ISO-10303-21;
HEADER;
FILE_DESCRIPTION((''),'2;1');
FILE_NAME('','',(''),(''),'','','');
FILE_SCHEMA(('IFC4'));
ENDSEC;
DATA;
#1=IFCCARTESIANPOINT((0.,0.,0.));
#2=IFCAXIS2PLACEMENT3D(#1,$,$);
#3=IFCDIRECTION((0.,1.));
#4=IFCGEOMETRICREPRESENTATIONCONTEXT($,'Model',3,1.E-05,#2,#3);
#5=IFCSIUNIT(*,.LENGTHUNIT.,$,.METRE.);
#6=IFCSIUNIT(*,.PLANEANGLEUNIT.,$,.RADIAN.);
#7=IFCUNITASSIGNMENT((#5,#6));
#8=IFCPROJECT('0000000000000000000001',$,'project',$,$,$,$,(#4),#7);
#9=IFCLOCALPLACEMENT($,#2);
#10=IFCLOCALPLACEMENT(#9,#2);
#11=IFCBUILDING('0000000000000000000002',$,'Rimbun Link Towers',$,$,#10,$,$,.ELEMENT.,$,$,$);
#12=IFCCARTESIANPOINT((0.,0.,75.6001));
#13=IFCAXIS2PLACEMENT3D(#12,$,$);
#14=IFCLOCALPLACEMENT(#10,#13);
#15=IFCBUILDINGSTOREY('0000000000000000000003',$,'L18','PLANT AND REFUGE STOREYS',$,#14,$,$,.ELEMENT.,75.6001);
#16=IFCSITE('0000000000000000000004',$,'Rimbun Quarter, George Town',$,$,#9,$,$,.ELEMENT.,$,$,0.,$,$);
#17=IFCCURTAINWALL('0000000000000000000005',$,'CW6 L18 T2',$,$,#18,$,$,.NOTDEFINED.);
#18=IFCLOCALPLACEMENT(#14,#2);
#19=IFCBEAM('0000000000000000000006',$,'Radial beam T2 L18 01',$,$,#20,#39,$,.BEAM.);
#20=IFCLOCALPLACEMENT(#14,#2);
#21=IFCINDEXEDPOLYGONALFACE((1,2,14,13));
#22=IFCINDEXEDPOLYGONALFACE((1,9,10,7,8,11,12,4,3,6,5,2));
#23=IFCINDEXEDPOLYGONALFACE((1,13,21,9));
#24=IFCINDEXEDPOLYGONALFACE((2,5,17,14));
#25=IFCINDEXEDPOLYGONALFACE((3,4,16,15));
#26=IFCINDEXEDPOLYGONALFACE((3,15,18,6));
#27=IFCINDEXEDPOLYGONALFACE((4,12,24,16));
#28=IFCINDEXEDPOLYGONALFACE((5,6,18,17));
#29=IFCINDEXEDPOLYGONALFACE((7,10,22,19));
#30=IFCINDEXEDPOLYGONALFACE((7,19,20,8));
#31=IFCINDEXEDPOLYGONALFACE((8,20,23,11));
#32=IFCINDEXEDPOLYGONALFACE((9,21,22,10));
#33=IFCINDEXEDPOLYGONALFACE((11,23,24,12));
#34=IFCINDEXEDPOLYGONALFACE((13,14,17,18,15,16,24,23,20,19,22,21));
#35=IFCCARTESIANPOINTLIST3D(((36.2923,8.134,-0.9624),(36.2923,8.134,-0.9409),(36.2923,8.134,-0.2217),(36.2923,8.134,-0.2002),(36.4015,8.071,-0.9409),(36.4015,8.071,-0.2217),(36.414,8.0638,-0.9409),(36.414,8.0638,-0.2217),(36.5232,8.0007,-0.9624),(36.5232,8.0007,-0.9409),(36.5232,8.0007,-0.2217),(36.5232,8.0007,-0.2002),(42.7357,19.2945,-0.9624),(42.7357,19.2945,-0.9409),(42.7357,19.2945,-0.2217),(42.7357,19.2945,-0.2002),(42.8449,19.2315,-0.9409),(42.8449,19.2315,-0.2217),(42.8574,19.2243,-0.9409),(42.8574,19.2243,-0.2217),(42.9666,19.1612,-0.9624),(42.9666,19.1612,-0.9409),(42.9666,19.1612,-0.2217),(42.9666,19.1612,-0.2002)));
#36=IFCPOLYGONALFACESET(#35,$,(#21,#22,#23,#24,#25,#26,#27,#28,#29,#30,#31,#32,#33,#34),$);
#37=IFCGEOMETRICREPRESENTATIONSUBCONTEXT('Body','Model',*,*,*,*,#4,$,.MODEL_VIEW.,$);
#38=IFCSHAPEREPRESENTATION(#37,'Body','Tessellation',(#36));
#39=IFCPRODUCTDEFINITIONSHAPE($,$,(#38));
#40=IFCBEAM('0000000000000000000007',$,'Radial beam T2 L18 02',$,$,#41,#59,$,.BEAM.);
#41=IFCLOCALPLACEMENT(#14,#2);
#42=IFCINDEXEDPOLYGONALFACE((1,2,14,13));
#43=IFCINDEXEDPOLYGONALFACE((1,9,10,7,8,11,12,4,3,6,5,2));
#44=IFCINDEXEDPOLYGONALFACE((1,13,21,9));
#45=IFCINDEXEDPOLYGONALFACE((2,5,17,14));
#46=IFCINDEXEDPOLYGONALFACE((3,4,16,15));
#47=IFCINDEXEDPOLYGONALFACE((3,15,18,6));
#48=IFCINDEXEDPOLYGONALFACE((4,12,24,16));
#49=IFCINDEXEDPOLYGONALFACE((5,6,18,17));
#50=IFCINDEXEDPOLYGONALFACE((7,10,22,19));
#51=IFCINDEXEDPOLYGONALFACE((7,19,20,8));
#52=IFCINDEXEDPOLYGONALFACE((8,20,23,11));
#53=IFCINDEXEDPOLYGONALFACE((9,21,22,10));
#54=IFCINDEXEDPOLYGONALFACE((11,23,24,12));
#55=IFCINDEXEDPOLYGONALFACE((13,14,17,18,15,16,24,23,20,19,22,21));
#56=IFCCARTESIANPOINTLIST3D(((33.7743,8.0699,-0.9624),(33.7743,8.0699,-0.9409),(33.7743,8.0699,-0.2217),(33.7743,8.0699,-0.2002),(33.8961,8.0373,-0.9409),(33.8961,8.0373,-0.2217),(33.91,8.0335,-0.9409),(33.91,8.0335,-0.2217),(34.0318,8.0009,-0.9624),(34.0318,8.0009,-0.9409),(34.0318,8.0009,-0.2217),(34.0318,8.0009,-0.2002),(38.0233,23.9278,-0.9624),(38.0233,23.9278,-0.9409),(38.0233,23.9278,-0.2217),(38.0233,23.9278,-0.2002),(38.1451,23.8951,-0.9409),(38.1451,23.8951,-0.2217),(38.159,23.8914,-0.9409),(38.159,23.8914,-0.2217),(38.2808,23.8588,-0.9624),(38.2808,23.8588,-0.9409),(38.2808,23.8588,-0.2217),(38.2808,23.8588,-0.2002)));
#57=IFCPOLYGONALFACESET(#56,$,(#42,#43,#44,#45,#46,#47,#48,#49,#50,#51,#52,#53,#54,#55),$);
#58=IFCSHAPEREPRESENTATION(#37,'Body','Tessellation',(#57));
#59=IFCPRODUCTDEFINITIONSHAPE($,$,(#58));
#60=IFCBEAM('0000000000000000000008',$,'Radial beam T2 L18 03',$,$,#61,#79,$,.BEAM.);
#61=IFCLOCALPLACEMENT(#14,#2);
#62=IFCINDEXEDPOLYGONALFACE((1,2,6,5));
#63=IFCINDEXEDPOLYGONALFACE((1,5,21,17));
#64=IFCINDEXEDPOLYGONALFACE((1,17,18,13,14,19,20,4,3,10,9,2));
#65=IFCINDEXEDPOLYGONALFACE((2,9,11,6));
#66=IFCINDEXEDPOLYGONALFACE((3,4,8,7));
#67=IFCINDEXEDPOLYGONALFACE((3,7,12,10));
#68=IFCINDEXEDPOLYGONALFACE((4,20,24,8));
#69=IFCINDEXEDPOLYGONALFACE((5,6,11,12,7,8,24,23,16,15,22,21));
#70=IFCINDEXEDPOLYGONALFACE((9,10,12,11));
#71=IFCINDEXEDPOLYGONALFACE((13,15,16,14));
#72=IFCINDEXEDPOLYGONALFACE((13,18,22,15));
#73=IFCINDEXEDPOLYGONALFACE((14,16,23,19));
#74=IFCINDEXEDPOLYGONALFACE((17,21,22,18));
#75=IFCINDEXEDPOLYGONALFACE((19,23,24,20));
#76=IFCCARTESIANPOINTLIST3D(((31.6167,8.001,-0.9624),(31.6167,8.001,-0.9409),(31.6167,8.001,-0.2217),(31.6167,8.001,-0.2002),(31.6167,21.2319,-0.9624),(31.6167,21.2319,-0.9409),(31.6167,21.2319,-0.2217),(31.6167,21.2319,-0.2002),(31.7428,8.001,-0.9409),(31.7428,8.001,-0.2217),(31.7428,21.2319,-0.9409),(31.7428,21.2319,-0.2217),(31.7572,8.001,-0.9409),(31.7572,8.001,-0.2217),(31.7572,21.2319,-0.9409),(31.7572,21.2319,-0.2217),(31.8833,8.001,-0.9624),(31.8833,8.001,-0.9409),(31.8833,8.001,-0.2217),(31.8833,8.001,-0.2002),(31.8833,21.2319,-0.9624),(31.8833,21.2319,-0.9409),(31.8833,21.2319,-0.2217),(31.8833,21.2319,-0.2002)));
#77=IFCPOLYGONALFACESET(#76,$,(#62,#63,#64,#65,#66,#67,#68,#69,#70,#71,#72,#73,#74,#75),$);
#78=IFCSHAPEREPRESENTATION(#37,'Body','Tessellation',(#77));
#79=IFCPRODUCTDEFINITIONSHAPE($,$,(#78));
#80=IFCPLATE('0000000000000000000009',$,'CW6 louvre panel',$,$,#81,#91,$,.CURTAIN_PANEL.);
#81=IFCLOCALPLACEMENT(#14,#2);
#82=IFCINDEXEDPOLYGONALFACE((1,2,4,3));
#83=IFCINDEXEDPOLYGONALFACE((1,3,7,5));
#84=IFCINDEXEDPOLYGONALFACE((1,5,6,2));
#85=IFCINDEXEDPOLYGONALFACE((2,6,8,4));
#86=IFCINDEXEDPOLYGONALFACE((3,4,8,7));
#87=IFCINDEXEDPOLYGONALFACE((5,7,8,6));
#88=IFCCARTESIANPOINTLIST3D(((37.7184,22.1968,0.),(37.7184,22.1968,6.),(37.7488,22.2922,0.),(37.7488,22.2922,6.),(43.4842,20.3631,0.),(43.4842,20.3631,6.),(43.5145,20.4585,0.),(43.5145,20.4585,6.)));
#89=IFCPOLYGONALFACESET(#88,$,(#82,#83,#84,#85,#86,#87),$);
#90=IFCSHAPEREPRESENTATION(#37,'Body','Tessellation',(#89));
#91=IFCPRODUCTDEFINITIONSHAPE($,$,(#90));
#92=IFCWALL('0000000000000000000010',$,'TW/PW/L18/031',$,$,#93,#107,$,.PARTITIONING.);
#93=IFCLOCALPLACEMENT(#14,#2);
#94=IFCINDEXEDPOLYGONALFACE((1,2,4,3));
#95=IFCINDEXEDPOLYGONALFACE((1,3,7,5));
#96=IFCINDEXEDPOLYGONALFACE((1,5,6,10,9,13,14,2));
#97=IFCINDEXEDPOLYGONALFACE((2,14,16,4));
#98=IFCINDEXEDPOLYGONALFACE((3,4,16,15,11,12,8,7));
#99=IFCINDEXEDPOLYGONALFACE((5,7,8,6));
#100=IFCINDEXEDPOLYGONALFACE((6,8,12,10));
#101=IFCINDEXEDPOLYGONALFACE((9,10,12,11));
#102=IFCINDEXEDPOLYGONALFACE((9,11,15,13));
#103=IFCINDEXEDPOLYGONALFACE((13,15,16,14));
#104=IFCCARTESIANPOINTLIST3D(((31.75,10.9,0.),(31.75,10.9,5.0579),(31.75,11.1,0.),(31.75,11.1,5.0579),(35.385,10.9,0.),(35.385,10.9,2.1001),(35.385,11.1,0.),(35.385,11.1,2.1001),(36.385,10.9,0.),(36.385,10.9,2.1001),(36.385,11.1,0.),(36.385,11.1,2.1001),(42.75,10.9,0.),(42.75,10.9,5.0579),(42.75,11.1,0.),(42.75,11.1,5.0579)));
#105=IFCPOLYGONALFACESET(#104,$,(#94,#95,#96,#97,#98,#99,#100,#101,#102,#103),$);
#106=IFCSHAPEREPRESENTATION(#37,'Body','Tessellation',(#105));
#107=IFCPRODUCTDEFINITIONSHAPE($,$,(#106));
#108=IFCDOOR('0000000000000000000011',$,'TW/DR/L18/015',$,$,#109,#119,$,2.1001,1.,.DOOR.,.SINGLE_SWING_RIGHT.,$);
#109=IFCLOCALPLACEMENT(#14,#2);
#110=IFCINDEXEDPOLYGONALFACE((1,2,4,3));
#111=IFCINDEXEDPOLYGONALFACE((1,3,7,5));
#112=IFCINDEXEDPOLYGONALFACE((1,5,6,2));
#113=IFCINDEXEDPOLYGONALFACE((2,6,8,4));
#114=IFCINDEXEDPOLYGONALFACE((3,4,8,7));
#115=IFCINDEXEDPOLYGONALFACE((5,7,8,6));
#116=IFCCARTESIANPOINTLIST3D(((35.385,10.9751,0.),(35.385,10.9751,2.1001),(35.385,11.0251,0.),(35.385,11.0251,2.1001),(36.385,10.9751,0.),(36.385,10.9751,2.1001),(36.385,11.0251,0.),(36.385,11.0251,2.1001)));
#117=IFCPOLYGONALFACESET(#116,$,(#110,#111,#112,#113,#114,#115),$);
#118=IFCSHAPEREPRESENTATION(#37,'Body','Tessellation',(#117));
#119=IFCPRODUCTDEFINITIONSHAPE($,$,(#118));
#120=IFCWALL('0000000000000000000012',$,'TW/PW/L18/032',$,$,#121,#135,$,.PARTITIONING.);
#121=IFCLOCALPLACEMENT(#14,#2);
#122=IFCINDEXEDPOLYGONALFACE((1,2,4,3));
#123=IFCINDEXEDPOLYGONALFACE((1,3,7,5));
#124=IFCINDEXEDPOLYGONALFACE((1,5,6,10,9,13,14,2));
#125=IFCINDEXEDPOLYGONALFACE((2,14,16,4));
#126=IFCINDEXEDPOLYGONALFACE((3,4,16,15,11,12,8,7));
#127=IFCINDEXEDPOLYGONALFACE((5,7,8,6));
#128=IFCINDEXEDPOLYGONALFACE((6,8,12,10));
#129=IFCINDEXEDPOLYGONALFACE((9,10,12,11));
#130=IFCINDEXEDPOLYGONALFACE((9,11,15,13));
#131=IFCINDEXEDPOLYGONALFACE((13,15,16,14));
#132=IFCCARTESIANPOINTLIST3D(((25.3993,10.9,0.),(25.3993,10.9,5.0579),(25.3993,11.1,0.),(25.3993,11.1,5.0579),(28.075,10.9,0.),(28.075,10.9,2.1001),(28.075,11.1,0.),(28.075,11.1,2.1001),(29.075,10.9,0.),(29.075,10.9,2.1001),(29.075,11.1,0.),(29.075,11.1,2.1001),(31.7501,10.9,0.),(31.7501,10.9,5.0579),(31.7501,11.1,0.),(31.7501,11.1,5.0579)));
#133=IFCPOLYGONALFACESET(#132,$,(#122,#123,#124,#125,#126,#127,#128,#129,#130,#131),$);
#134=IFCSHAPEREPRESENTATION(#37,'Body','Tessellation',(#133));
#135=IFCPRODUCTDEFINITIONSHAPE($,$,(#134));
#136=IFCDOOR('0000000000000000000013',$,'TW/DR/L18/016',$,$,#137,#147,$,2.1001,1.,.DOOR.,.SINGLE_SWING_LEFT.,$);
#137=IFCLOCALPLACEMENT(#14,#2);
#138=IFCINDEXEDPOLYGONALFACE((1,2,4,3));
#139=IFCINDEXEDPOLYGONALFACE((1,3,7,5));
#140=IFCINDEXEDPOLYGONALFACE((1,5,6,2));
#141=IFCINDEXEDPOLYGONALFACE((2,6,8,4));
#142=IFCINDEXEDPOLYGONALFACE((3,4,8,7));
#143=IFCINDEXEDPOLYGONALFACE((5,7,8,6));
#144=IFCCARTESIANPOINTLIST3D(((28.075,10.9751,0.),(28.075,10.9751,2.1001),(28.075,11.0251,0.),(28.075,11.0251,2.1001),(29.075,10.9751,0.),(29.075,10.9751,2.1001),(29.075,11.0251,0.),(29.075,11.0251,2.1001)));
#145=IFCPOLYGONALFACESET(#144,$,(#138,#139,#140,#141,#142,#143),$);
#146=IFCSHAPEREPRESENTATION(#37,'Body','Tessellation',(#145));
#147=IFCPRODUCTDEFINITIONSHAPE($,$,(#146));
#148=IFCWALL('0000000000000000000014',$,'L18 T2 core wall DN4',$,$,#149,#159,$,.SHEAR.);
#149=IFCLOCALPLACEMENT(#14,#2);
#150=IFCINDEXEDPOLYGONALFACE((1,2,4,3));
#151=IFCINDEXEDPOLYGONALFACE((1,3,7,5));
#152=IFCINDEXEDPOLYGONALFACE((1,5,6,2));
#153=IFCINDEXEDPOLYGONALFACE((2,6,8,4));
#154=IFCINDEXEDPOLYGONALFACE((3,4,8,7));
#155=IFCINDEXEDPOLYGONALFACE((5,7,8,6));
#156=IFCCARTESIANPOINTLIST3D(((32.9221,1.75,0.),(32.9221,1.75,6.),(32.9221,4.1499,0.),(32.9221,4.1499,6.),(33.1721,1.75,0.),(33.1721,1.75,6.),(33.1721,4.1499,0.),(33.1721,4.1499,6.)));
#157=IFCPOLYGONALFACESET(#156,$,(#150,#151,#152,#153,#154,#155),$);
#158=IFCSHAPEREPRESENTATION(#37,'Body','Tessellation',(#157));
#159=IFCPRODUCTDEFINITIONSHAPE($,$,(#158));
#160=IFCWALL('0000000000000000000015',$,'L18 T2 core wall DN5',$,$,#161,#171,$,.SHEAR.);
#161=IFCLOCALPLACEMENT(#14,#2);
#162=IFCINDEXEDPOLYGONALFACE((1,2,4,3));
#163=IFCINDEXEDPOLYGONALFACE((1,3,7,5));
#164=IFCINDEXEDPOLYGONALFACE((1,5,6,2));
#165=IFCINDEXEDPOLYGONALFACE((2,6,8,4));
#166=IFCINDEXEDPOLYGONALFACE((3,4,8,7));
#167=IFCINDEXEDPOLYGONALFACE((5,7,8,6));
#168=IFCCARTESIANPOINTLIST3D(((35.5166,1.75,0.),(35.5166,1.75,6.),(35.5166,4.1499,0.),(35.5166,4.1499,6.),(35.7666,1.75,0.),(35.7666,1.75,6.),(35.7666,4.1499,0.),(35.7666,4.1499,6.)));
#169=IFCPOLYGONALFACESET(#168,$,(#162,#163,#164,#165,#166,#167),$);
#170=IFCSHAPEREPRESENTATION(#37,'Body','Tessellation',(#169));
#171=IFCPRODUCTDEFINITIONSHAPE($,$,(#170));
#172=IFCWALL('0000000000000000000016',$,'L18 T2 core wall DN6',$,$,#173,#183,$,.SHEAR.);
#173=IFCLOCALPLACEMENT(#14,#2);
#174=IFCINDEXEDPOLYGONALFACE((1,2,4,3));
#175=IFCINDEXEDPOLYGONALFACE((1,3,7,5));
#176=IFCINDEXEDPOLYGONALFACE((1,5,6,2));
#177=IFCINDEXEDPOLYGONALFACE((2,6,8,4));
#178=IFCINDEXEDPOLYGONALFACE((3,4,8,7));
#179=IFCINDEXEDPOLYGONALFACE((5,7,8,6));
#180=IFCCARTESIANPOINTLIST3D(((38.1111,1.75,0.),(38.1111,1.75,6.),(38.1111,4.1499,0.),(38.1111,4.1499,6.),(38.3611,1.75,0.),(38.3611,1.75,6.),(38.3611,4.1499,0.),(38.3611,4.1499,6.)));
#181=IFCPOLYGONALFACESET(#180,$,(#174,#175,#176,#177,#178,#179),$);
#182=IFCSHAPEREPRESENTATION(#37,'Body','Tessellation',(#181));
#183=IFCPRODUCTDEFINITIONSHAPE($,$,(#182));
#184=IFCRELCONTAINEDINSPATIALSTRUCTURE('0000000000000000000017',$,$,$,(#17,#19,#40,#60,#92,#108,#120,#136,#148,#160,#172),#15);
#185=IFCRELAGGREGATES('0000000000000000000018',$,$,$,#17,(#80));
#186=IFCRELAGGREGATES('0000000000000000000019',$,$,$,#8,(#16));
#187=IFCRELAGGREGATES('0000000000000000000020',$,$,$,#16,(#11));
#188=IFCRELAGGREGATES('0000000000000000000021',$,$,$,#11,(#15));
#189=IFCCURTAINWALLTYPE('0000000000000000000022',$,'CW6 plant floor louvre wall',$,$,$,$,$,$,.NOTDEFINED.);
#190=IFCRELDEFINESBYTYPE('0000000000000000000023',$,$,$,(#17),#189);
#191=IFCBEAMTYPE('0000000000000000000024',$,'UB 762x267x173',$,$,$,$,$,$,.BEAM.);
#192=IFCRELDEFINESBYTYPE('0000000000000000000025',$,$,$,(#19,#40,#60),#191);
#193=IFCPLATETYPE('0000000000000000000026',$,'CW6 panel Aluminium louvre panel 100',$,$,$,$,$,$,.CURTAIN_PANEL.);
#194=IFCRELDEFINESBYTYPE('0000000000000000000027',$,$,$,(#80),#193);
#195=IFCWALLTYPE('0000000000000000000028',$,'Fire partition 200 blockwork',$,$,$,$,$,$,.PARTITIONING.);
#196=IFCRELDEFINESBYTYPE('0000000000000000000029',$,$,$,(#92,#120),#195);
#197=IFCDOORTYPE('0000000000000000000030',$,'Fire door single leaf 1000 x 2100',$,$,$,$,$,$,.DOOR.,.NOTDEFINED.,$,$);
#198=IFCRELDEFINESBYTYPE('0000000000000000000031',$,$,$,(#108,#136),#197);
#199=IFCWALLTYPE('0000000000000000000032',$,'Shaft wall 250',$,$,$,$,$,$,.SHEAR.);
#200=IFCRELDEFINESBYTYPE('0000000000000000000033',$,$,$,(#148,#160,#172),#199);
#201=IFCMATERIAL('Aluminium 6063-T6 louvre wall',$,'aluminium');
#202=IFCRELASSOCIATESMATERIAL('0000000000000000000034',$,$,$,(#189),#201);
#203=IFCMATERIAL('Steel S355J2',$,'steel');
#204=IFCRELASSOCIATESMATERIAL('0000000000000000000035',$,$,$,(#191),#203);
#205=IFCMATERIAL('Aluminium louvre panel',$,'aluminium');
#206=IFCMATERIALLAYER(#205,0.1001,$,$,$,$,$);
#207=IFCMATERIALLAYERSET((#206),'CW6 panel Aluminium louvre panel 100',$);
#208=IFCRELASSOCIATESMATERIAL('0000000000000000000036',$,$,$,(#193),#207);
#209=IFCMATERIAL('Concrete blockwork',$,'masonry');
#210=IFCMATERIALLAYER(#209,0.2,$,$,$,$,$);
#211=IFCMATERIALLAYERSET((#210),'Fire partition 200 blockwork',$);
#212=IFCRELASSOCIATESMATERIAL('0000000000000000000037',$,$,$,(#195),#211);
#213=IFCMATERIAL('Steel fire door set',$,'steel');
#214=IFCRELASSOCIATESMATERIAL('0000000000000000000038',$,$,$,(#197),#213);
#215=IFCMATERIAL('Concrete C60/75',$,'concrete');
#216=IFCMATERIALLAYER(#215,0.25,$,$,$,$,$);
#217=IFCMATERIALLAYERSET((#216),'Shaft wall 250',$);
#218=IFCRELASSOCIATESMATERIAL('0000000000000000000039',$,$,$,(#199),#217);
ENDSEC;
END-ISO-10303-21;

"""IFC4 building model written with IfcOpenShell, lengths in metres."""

from ifc_helpers import new_model, si_unit, direction, frame, frame_2d, origin, origin_2d, place, context, subcontext, project, spatial, rectangle, i_section, extrude, material, layer, layer_set, material_profile, profile_set, type_object, element, fill, aggregate, save


model = new_model("IFC4")

# Units and contexts
model_context = context("Model", 3, precision=1e-05, world=origin(), true_north=direction((0.0, 1.0)))
body_context = subcontext(model_context, "Body", "Model", "MODEL_VIEW")
ifc_project = project(units=[si_unit("LENGTHUNIT", "METRE"), si_unit("PLANEANGLEUNIT", "RADIAN")], contexts=[model_context])

# Site, building, storey
site_placement = place(None, origin())
site = spatial("IfcSite", under=ifc_project, at=site_placement, Name="Rimbun Quarter, George Town", CompositionType="ELEMENT", RefElevation=0.0)
building_placement = place(site_placement, origin())
building = spatial("IfcBuilding", under=site, at=building_placement, Name="Rimbun Link Towers", CompositionType="ELEMENT")
storey_placement = place(building_placement, frame((0.0, 0.0, 75.6001)))
storey = spatial("IfcBuildingStorey", under=building, at=storey_placement, Name="L18", Description="PLANT AND REFUGE STOREYS", CompositionType="ELEMENT", Elevation=75.6001)

# Curtain wall
ifc_material_1 = material(Name="Aluminium 6063-T6 louvre wall", Category="aluminium")
curtain_wall_type = type_object("IfcCurtainWallType", Name="CW6 plant floor louvre wall", PredefinedType="NOTDEFINED", material=ifc_material_1)
curtain_wall_placement = place(storey_placement, origin())
curtain_wall = element("IfcCurtainWall", 1, at=curtain_wall_placement, inside=storey, type_object=curtain_wall_type, Name="CW6 L18 T2", PredefinedType="NOTDEFINED")

# Beams
ifc_material_2 = material(Name="Steel S355J2", Category="steel")
ifc_material_profile_1 = material_profile(ifc_material_2, i_section(OverallWidth=0.2666, OverallDepth=0.7622, WebThickness=0.0144, FlangeThickness=0.0215, at=origin_2d()), Name="UB 762x267x173")
ifc_profile_set_1 = profile_set([ifc_material_profile_1], Name="Steel S355J2")
beam_type_1 = type_object("IfcBeamType", Name="UB 762x267x173", PredefinedType="BEAM", material=ifc_profile_set_1)
beam_1_placement = place(storey_placement, frame((36.4077, 8.0674, -0.5813), z_axis=(0.499994, 0.866029, 0.0), x_axis=(-0.866029, 0.499994, 0.0)))
element("IfcBeam", 2, at=beam_1_placement, inside=storey, type_object=beam_type_1, Name="Radial beam T2 L18 01", PredefinedType="BEAM", context=body_context, shape_type="SweptSolid", body=[
    extrude(i_section(OverallWidth=0.2666, OverallDepth=0.7622, WebThickness=0.0144, FlangeThickness=0.0215, at=origin_2d()), origin(), (0.0, 0.0, 1.0), 12.887),
])
beam_2_placement = place(storey_placement, frame((33.9031, 8.0354, -0.5813), z_axis=(0.258814, 0.965927, 0.0), x_axis=(-0.965927, 0.258814, 0.0)))
element("IfcBeam", 3, at=beam_2_placement, inside=storey, type_object=beam_type_1, Name="Radial beam T2 L18 02", PredefinedType="BEAM", context=body_context, shape_type="SweptSolid", body=[
    extrude(i_section(OverallWidth=0.2666, OverallDepth=0.7622, WebThickness=0.0144, FlangeThickness=0.0215, at=origin_2d()), origin(), (0.0, 0.0, 1.0), 16.4172),
])
beam_3_placement = place(storey_placement, frame((31.75, 8.001, -0.5813), z_axis=(0.0, 1.0, 0.0), x_axis=(-1.0, 0.0, 0.0)))
element("IfcBeam", 4, at=beam_3_placement, inside=storey, type_object=beam_type_1, Name="Radial beam T2 L18 03", PredefinedType="BEAM", context=body_context, shape_type="SweptSolid", body=[
    extrude(i_section(OverallWidth=0.2666, OverallDepth=0.7622, WebThickness=0.0144, FlangeThickness=0.0215, at=origin_2d()), origin(), (0.0, 0.0, 1.0), 13.231),
])

# Plate
ifc_material_3 = material(Name="Aluminium louvre panel", Category="aluminium")
ifc_layer_1 = layer(ifc_material_3, 0.1001)
ifc_layer_set_1 = layer_set([ifc_layer_1], Name="CW6 panel Aluminium louvre panel 100")
plate_type = type_object("IfcPlateType", Name="CW6 panel Aluminium louvre panel 100", PredefinedType="CURTAIN_PANEL", material=ifc_layer_set_1)
plate_placement = place(storey_placement, frame((40.6165, 21.3276, 0.0), z_axis=(0.0, 0.0, 1.0), x_axis=(0.952968, -0.30307, 0.0)))
plate = element("IfcPlate", 5, at=plate_placement, type_object=plate_type, Name="CW6 louvre panel", PredefinedType="CURTAIN_PANEL", context=body_context, shape_type="SweptSolid", body=[
    extrude(rectangle(XDim=6.0503, YDim=0.1001, at=origin_2d()), origin(), (0.0, 0.0, 1.0), 6.0),
])
aggregate(curtain_wall, [plate])

# Walls, openings, doors
ifc_material_4 = material(Name="Concrete blockwork", Category="masonry")
ifc_layer_2 = layer(ifc_material_4, 0.2)
ifc_layer_set_2 = layer_set([ifc_layer_2], Name="Fire partition 200 blockwork")
wall_type_1 = type_object("IfcWallType", Name="Fire partition 200 blockwork", PredefinedType="PARTITIONING", material=ifc_layer_set_2)
wall_1_placement = place(storey_placement, frame((42.75, 11.0, 0.0), z_axis=(0.0, 0.0, 1.0), x_axis=(-1.0, 0.0, 0.0)))
wall_1 = element("IfcWall", 6, at=wall_1_placement, inside=storey, type_object=wall_type_1, Name="TW/PW/L18/031", PredefinedType="PARTITIONING", context=body_context, shape_type="SweptSolid", body=[
    extrude(rectangle(XDim=11.0, YDim=0.2, at=frame_2d((5.5, 0.0))), origin(), (0.0, 0.0, 1.0), 5.0579),
])
opening_1_placement = place(wall_1_placement, frame((6.365, 0.0, 0.0)))
opening_1 = element("IfcOpeningElement", 7, at=opening_1_placement, cuts=wall_1, PredefinedType="OPENING", context=body_context, shape_type="SweptSolid", body=[
    extrude(rectangle(XDim=1.0, YDim=2.1001, at=frame_2d((0.5, 1.05))), frame((0.0, 0.1099, 0.0), z_axis=(0.0, -1.0, 0.0), x_axis=(1.0, 0.0, 0.0)), (0.0, 0.0, 1.0), 0.22),
])
ifc_material_5 = material(Name="Steel fire door set", Category="steel")
door_type_1 = type_object("IfcDoorType", Name="Fire door single leaf 1000 x 2100", OperationType="NOTDEFINED", PredefinedType="DOOR", material=ifc_material_5)
door_1_placement = place(opening_1_placement, origin())
door_1 = element("IfcDoor", 8, at=door_1_placement, inside=storey, type_object=door_type_1, Name="TW/DR/L18/015", OperationType="SINGLE_SWING_RIGHT", OverallHeight=2.1001, OverallWidth=1.0, PredefinedType="DOOR", context=body_context, shape_type="SweptSolid", body=[
    extrude(rectangle(XDim=1.0, YDim=2.1001, at=frame_2d((0.5, 1.05))), frame((0.0, 0.0249, 0.0), z_axis=(0.0, -1.0, 0.0), x_axis=(1.0, 0.0, 0.0)), (0.0, 0.0, 1.0), 0.05),
])
fill(opening_1, door_1)
wall_2_placement = place(storey_placement, frame((31.75, 11.0, 0.0), z_axis=(0.0, 0.0, 1.0), x_axis=(-1.0, 0.0, 0.0)))
wall_2 = element("IfcWall", 9, at=wall_2_placement, inside=storey, type_object=wall_type_1, Name="TW/PW/L18/032", PredefinedType="PARTITIONING", context=body_context, shape_type="SweptSolid", body=[
    extrude(rectangle(XDim=6.3508, YDim=0.2, at=frame_2d((3.1753, 0.0))), origin(), (0.0, 0.0, 1.0), 5.0579),
])
opening_2_placement = place(wall_2_placement, frame((2.675, 0.0, 0.0)))
opening_2 = element("IfcOpeningElement", 10, at=opening_2_placement, cuts=wall_2, PredefinedType="OPENING", context=body_context, shape_type="SweptSolid", body=[
    extrude(rectangle(XDim=1.0, YDim=2.1001, at=frame_2d((0.5, 1.05))), frame((0.0, 0.1099, 0.0), z_axis=(0.0, -1.0, 0.0), x_axis=(1.0, 0.0, 0.0)), (0.0, 0.0, 1.0), 0.22),
])
door_2_placement = place(opening_2_placement, origin())
door_2 = element("IfcDoor", 11, at=door_2_placement, inside=storey, type_object=door_type_1, Name="TW/DR/L18/016", OperationType="SINGLE_SWING_LEFT", OverallHeight=2.1001, OverallWidth=1.0, PredefinedType="DOOR", context=body_context, shape_type="SweptSolid", body=[
    extrude(rectangle(XDim=1.0, YDim=2.1001, at=frame_2d((0.5, 1.05))), frame((0.0, 0.0249, 0.0), z_axis=(0.0, -1.0, 0.0), x_axis=(1.0, 0.0, 0.0)), (0.0, 0.0, 1.0), 0.05),
])
fill(opening_2, door_2)

# Walls
ifc_material_6 = material(Name="Concrete C60/75", Category="concrete")
ifc_layer_3 = layer(ifc_material_6, 0.25)
ifc_layer_set_3 = layer_set([ifc_layer_3], Name="Shaft wall 250")
wall_type_2 = type_object("IfcWallType", Name="Shaft wall 250", PredefinedType="SHEAR", material=ifc_layer_set_3)
for number, where, z_axis, x_axis, name in (
    (12, (33.0471, 1.75, 0.0), (0.0, 0.0, 1.0), (0.0, 1.0, 0.0), "L18 T2 core wall DN4"),
    (13, (35.6416, 1.75, 0.0), (0.0, 0.0, 1.0), (0.0, 1.0, 0.0), "L18 T2 core wall DN5"),
    (14, (38.2361, 1.75, 0.0), (0.0, 0.0, 1.0), (0.0, 1.0, 0.0), "L18 T2 core wall DN6"),
):
    element("IfcWall", number, at=place(storey_placement, frame(where, z_axis=z_axis, x_axis=x_axis)), inside=storey, type_object=wall_type_2, Name=name, PredefinedType="SHEAR", context=body_context, shape_type="SweptSolid", body=[
        extrude(rectangle(XDim=2.3999, YDim=0.25, at=frame_2d((1.2, 0.0))), origin(), (0.0, 0.0, 1.0), 6.0),
    ])

save(model, "model.ifc")
